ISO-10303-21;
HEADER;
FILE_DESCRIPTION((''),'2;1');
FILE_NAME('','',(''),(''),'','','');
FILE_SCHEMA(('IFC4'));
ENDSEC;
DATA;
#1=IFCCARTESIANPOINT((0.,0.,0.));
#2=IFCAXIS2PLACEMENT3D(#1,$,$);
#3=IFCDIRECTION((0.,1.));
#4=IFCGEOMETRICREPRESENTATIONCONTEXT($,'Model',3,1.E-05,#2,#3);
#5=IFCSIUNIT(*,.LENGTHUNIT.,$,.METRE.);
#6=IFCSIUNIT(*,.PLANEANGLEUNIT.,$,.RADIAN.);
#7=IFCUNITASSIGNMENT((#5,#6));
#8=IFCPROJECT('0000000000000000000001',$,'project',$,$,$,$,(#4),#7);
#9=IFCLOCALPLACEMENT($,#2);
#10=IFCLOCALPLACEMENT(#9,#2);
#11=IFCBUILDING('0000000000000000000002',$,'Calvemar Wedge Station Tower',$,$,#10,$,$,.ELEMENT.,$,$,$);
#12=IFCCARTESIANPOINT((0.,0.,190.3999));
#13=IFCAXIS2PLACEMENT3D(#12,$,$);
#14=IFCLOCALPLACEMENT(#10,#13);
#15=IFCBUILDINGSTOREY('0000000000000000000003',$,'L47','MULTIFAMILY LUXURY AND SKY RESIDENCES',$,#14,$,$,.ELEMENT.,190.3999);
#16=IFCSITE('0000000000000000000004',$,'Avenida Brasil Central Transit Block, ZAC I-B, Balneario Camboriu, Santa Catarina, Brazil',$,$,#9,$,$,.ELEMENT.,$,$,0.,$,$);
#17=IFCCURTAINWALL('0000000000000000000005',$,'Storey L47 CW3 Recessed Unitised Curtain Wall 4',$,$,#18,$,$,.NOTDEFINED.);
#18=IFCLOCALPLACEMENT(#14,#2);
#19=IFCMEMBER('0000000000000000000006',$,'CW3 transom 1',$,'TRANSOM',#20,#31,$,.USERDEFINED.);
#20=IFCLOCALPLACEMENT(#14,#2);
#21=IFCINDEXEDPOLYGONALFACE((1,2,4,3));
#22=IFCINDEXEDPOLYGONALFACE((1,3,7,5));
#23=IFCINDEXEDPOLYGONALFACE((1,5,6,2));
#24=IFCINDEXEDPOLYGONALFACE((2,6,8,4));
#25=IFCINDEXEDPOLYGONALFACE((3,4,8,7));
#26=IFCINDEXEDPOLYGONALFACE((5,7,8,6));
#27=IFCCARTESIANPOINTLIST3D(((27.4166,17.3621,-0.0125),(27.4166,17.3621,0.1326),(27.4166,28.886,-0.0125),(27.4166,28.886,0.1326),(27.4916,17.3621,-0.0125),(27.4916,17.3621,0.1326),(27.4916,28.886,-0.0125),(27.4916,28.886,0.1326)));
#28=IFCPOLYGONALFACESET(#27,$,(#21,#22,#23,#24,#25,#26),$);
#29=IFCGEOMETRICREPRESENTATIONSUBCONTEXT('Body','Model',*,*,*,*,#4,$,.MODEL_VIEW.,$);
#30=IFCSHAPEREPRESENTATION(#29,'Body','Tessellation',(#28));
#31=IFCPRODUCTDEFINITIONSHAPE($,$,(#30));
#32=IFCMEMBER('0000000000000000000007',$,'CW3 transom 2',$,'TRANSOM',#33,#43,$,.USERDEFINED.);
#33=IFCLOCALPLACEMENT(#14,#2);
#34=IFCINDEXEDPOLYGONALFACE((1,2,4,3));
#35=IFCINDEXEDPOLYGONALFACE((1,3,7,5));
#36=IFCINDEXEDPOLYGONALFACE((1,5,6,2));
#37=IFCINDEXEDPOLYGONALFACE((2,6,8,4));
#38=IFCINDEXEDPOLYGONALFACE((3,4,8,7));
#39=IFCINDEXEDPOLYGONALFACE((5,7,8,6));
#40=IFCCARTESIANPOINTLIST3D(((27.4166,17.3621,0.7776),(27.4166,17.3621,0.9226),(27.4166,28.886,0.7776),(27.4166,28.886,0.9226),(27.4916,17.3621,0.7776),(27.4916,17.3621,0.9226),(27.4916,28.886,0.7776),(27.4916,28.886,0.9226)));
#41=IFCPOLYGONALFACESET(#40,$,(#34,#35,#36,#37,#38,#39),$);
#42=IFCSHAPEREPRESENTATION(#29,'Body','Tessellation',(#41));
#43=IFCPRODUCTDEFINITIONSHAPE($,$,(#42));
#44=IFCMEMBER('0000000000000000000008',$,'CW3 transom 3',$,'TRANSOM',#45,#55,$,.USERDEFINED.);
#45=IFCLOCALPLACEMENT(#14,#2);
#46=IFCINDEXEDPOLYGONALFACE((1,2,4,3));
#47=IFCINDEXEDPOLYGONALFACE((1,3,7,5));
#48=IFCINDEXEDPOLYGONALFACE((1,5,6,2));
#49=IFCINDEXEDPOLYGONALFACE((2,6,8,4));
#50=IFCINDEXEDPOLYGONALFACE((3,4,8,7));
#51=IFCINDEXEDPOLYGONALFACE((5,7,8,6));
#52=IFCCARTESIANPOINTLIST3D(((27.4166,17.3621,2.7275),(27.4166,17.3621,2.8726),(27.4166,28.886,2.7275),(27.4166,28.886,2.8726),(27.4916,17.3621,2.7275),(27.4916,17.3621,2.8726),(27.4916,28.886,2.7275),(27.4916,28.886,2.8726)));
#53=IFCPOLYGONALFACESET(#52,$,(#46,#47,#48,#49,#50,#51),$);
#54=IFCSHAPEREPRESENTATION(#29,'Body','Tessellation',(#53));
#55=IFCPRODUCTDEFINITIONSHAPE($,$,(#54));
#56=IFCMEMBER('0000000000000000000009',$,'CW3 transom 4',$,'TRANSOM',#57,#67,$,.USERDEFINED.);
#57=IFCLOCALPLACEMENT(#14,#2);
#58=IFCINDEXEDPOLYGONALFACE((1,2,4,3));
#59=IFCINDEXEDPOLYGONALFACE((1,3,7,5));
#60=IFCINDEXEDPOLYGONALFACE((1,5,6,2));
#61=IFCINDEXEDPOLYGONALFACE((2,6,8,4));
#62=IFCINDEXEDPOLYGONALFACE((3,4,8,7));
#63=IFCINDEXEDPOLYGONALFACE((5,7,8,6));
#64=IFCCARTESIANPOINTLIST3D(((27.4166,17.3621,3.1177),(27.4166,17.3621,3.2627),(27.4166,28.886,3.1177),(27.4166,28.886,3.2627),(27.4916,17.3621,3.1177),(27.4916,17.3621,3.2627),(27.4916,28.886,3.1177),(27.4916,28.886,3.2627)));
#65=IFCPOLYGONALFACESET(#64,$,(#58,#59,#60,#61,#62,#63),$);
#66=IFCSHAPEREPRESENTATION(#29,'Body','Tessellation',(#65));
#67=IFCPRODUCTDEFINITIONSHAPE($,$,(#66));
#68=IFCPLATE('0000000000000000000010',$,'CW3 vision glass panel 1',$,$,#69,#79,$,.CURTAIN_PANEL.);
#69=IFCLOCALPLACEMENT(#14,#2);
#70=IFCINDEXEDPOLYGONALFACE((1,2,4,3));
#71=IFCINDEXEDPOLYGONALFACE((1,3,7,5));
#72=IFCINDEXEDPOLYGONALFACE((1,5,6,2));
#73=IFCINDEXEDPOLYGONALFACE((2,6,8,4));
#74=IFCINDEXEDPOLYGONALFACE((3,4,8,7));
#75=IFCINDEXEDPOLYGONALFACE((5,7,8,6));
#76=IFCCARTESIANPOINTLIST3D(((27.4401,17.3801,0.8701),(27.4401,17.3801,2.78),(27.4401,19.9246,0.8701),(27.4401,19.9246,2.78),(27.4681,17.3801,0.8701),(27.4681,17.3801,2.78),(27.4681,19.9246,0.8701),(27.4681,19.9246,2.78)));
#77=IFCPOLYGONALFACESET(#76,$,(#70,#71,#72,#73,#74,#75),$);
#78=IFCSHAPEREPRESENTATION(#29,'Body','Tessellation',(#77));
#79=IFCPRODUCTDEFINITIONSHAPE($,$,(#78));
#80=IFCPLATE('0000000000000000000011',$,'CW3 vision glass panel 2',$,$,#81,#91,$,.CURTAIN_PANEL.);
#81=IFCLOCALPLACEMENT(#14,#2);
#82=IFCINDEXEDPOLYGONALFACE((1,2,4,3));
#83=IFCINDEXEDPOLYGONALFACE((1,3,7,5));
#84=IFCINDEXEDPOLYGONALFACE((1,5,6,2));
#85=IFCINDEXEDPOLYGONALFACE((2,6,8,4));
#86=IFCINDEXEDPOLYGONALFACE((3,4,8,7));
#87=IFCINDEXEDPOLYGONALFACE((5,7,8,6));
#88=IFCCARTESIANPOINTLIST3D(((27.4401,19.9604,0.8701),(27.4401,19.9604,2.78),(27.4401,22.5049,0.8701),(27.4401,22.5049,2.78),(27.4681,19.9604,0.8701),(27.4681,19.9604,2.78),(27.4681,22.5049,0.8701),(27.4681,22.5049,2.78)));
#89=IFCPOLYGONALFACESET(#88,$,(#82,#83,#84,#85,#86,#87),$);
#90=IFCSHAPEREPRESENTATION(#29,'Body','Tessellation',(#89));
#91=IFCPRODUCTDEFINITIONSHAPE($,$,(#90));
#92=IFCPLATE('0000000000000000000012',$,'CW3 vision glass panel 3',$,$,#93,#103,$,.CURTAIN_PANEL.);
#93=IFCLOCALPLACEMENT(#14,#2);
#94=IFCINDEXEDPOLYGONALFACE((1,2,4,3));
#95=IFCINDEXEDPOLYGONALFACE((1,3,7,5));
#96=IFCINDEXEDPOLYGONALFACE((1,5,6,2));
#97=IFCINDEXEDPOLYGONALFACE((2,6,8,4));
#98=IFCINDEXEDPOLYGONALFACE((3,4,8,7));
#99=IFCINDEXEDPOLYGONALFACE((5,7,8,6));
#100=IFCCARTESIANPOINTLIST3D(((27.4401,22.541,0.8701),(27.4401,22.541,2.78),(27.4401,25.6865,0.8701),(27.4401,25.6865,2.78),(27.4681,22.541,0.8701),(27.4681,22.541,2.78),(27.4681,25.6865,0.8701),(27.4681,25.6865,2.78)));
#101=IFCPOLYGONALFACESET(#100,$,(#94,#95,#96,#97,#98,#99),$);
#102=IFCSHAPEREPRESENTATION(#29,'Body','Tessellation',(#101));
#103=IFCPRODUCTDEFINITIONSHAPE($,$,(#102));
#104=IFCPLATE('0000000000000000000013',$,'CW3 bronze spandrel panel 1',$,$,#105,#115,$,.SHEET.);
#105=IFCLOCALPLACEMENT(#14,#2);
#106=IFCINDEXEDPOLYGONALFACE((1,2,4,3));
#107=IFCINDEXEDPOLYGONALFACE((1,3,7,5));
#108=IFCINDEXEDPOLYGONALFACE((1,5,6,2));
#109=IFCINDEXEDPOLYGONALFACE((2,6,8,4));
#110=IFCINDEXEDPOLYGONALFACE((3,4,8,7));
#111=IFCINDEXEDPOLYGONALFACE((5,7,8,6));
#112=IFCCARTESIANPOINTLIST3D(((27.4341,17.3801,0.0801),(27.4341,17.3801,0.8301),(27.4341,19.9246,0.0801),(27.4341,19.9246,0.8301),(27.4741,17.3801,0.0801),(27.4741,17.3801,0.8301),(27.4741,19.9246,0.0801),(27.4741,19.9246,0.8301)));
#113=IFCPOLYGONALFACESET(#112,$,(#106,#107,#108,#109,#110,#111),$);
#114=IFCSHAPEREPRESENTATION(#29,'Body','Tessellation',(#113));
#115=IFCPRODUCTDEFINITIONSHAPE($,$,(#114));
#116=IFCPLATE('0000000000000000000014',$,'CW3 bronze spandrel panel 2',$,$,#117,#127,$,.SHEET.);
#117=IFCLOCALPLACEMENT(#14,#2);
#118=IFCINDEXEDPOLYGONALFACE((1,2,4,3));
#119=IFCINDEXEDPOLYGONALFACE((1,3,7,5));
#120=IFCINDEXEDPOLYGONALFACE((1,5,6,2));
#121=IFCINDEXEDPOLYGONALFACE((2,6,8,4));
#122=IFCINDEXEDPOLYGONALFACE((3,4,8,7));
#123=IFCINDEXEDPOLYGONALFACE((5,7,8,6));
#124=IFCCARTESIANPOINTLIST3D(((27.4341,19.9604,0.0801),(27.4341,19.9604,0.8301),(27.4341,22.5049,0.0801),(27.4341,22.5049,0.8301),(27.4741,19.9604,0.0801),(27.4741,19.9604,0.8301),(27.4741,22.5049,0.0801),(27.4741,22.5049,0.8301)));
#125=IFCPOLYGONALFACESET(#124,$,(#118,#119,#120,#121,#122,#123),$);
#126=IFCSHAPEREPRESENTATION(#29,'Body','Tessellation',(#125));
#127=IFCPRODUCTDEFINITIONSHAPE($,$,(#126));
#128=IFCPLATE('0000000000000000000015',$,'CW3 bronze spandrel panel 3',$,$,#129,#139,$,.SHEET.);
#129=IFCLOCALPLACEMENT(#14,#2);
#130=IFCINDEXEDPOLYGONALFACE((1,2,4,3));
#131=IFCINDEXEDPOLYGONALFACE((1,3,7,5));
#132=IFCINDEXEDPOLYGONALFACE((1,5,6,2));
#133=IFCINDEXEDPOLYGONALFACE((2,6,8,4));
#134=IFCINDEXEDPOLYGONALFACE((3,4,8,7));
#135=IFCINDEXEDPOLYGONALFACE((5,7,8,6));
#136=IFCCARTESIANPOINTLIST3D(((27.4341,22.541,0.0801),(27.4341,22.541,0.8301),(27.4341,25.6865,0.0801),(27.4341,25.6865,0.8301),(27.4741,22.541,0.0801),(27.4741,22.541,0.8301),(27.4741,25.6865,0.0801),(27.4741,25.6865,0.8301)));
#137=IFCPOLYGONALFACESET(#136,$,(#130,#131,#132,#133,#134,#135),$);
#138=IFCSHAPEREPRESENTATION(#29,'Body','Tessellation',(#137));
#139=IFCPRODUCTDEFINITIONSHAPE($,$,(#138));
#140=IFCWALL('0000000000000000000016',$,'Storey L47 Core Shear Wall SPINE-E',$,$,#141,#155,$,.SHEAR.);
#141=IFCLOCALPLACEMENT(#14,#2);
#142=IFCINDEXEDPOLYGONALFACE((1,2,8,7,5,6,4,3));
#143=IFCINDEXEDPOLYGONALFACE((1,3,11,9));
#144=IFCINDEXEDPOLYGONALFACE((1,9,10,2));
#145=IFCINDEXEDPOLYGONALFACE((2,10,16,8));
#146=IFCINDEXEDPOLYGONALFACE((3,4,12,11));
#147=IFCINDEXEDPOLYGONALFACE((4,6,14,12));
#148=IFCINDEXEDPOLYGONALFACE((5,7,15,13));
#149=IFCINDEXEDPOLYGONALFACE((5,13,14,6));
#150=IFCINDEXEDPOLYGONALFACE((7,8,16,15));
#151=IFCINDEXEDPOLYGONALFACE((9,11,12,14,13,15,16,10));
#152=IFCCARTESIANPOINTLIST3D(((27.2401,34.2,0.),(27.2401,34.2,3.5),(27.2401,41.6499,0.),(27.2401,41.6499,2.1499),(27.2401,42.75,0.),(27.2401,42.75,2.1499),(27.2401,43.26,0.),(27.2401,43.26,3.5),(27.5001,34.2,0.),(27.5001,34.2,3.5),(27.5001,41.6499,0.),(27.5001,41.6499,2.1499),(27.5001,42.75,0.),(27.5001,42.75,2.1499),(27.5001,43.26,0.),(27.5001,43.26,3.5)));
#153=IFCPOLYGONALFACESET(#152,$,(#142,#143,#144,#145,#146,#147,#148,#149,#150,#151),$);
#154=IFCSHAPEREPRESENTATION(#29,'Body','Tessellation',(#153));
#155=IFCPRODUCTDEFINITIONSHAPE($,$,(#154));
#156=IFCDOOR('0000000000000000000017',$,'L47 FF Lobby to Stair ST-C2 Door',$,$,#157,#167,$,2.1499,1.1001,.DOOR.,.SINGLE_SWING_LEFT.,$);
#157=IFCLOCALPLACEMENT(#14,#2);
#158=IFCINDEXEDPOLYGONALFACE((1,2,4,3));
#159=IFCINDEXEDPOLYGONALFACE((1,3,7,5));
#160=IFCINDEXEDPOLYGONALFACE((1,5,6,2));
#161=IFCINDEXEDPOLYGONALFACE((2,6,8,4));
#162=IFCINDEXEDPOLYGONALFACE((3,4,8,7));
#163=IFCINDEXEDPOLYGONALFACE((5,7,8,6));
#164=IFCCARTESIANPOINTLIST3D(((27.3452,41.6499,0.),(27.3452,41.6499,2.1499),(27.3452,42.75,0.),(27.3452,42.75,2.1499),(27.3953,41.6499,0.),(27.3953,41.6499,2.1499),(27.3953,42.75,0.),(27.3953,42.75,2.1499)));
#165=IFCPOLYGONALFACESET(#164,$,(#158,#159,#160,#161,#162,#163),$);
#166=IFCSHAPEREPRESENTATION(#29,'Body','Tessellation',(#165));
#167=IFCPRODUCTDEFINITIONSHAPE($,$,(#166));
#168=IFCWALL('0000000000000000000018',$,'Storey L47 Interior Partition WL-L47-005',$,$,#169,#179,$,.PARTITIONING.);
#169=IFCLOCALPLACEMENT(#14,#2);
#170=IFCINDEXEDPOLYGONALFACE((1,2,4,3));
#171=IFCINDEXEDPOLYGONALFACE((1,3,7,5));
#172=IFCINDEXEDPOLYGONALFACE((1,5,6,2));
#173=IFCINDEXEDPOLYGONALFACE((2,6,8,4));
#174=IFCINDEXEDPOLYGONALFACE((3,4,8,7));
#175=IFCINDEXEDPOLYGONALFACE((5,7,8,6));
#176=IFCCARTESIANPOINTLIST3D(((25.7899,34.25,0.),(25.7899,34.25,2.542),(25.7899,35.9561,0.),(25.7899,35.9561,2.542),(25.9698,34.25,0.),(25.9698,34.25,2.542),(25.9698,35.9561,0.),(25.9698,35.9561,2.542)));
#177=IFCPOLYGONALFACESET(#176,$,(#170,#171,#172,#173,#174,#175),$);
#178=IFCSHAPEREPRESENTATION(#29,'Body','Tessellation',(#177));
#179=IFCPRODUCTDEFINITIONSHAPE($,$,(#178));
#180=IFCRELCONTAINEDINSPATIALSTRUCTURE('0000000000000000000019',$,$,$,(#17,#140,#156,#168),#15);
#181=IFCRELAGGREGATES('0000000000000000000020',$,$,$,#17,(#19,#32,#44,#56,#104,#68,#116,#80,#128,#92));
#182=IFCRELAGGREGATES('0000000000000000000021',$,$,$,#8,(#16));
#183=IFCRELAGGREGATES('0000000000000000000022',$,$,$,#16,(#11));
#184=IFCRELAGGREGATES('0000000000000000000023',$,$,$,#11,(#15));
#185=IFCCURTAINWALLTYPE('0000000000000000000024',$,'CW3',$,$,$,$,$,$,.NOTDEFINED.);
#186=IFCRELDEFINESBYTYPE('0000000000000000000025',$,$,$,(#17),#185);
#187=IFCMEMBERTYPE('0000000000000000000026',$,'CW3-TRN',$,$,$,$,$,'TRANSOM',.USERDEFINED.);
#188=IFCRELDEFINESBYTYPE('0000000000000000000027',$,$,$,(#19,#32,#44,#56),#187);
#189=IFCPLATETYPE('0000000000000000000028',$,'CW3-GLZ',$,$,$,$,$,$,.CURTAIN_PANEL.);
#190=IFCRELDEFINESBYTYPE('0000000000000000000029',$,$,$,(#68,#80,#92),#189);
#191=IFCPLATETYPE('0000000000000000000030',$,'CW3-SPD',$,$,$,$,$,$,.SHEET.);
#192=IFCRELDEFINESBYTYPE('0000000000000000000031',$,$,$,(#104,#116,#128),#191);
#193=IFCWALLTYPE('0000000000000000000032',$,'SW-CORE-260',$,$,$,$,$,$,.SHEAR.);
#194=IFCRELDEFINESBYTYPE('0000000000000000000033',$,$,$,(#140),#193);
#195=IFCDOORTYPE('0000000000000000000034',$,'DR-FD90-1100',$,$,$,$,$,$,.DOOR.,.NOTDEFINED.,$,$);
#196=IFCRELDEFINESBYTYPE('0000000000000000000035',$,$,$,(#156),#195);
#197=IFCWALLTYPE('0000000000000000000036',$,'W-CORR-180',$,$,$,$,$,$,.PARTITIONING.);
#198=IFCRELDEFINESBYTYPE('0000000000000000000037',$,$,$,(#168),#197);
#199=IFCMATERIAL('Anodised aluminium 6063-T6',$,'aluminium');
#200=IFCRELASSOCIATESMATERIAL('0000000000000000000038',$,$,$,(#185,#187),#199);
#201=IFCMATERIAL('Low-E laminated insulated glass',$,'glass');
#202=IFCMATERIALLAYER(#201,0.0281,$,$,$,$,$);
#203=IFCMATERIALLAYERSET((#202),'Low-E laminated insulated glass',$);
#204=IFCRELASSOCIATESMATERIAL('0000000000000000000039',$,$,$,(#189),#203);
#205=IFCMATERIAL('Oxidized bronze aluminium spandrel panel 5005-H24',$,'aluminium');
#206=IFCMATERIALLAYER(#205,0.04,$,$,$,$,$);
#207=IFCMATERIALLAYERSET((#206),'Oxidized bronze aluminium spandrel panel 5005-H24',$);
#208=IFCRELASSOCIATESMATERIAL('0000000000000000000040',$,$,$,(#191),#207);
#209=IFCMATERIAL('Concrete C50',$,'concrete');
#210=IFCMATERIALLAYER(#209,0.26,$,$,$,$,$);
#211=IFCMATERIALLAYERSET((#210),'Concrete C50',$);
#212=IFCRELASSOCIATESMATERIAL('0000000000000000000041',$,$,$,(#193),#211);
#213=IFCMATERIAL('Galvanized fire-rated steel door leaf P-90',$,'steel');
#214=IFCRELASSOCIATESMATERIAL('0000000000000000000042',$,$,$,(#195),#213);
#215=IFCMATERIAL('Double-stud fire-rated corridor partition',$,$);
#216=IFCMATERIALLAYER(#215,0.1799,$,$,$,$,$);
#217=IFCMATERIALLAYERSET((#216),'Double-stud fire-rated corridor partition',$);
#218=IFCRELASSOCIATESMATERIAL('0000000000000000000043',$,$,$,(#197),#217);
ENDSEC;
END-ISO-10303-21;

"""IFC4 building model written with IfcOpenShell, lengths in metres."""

from ifc_helpers import new_model, si_unit, direction, frame, frame_2d, origin, origin_2d, place, context, subcontext, project, spatial, rectangle, extrude, source, transform, mapped, material, layer, layer_set, material_profile, profile_set, type_object, element, fill, aggregate, save


model = new_model("IFC4")

# Units and contexts
model_context = context("Model", 3, precision=1e-05, world=origin(), true_north=direction((0.0, 1.0)))
body_context = subcontext(model_context, "Body", "Model", "MODEL_VIEW")
ifc_project = project(units=[si_unit("LENGTHUNIT", "METRE"), si_unit("PLANEANGLEUNIT", "RADIAN")], contexts=[model_context])

# Site, building, storey
site_placement = place(None, origin())
site = spatial("IfcSite", under=ifc_project, at=site_placement, Name="Avenida Brasil Central Transit Block, ZAC I-B, Balneario Camboriu, Santa Catarina, Brazil", CompositionType="ELEMENT", RefElevation=0.0)
building_placement = place(site_placement, origin())
building = spatial("IfcBuilding", under=site, at=building_placement, Name="Calvemar Wedge Station Tower", CompositionType="ELEMENT")
storey_placement = place(building_placement, frame((0.0, 0.0, 190.3999)))
storey = spatial("IfcBuildingStorey", under=building, at=storey_placement, Name="L47", Description="MULTIFAMILY LUXURY AND SKY RESIDENCES", CompositionType="ELEMENT", Elevation=190.3999)

# Shared definitions
ifc_material_1 = material(Name="Concrete C50", Category="concrete")

# Curtain wall, members, plates
ifc_material_2 = material(Name="Anodised aluminium 6063-T6", Category="aluminium")
curtain_wall_type = type_object("IfcCurtainWallType", Name="CW3", PredefinedType="NOTDEFINED", material=ifc_material_2)
curtain_wall_placement = place(storey_placement, origin())
curtain_wall = element("IfcCurtainWall", 1, at=curtain_wall_placement, inside=storey, type_object=curtain_wall_type, Name="Storey L47 CW3 Recessed Unitised Curtain Wall 4", PredefinedType="NOTDEFINED")
ifc_material_profile_1 = material_profile(ifc_material_2, rectangle(XDim=0.075, YDim=0.145, at=origin_2d()), Name="AL-TRN-75x145")
ifc_profile_set_1 = profile_set([ifc_material_profile_1], Name="Anodised aluminium 6063-T6")
member_type_1 = type_object("IfcMemberType", Name="CW3-TRN", ElementType="TRANSOM", PredefinedType="USERDEFINED", material=ifc_profile_set_1)
shared_shape_1 = source(origin(), body_context, "Body", "SweptSolid", [
    extrude(rectangle(XDim=0.075, YDim=0.145, at=origin_2d()), origin(), (0.0, 0.0, 1.0), 11.5239),
])
member_1_placement = place(storey_placement, frame((27.4541, 17.3621, 0.0601), z_axis=(0.0, 1.0, 0.0), x_axis=(-1.0, 0.0, 0.0)))
member_1 = element("IfcMember", 2, at=member_1_placement, type_object=member_type_1, Name="CW3 transom 1", ObjectType="TRANSOM", PredefinedType="USERDEFINED", context=body_context, shape_type="MappedRepresentation", body=[
    mapped(shared_shape_1, transform((0.0, 0.0, 0.0), scale=1.0)),
])
member_2_placement = place(storey_placement, frame((27.4541, 17.3621, 0.8501), z_axis=(0.0, 1.0, 0.0), x_axis=(-1.0, 0.0, 0.0)))
member_2 = element("IfcMember", 3, at=member_2_placement, type_object=member_type_1, Name="CW3 transom 2", ObjectType="TRANSOM", PredefinedType="USERDEFINED", context=body_context, shape_type="MappedRepresentation", body=[
    mapped(shared_shape_1, transform((0.0, 0.0, 0.0), scale=1.0)),
])
member_3_placement = place(storey_placement, frame((27.4541, 17.3621, 2.8), z_axis=(0.0, 1.0, 0.0), x_axis=(-1.0, 0.0, 0.0)))
member_3 = element("IfcMember", 4, at=member_3_placement, type_object=member_type_1, Name="CW3 transom 3", ObjectType="TRANSOM", PredefinedType="USERDEFINED", context=body_context, shape_type="MappedRepresentation", body=[
    mapped(shared_shape_1, transform((0.0, 0.0, 0.0), scale=1.0)),
])
member_4_placement = place(storey_placement, frame((27.4541, 17.3621, 3.1902), z_axis=(0.0, 1.0, 0.0), x_axis=(-1.0, 0.0, 0.0)))
member_4 = element("IfcMember", 5, at=member_4_placement, type_object=member_type_1, Name="CW3 transom 4", ObjectType="TRANSOM", PredefinedType="USERDEFINED", context=body_context, shape_type="MappedRepresentation", body=[
    mapped(shared_shape_1, transform((0.0, 0.0, 0.0), scale=1.0)),
])
ifc_material_3 = material(Name="Low-E laminated insulated glass", Category="glass")
ifc_layer_1 = layer(ifc_material_3, 0.0281)
ifc_layer_set_1 = layer_set([ifc_layer_1], Name="Low-E laminated insulated glass")
plate_type_1 = type_object("IfcPlateType", Name="CW3-GLZ", PredefinedType="CURTAIN_PANEL", material=ifc_layer_set_1)
plate_1_placement = place(storey_placement, frame((27.4541, 17.3801, 0.8701), z_axis=(0.0, 0.0, 1.0), x_axis=(0.0, 1.0, 0.0)))
plate_1 = element("IfcPlate", 6, at=plate_1_placement, type_object=plate_type_1, Name="CW3 vision glass panel 1", PredefinedType="CURTAIN_PANEL", context=body_context, shape_type="SweptSolid", body=[
    extrude(rectangle(XDim=2.5444, YDim=0.0281, at=frame_2d((1.2722, 0.0))), origin(), (0.0, 0.0, 1.0), 1.9099),
])
plate_2_placement = place(storey_placement, frame((27.4541, 19.9604, 0.8701), z_axis=(0.0, 0.0, 1.0), x_axis=(0.0, 1.0, 0.0)))
plate_2 = element("IfcPlate", 7, at=plate_2_placement, type_object=plate_type_1, Name="CW3 vision glass panel 2", PredefinedType="CURTAIN_PANEL", context=body_context, shape_type="SweptSolid", body=[
    extrude(rectangle(XDim=2.5444, YDim=0.0281, at=frame_2d((1.2722, 0.0))), origin(), (0.0, 0.0, 1.0), 1.9099),
])
plate_3_placement = place(storey_placement, frame((27.4541, 22.541, 0.8701), z_axis=(0.0, 0.0, 1.0), x_axis=(0.0, 1.0, 0.0)))
plate_3 = element("IfcPlate", 8, at=plate_3_placement, type_object=plate_type_1, Name="CW3 vision glass panel 3", PredefinedType="CURTAIN_PANEL", context=body_context, shape_type="SweptSolid", body=[
    extrude(rectangle(XDim=3.1455, YDim=0.0281, at=frame_2d((1.5728, 0.0))), origin(), (0.0, 0.0, 1.0), 1.9099),
])
ifc_material_4 = material(Name="Oxidized bronze aluminium spandrel panel 5005-H24", Category="aluminium")
ifc_layer_2 = layer(ifc_material_4, 0.04)
ifc_layer_set_2 = layer_set([ifc_layer_2], Name="Oxidized bronze aluminium spandrel panel 5005-H24")
plate_type_2 = type_object("IfcPlateType", Name="CW3-SPD", PredefinedType="SHEET", material=ifc_layer_set_2)
plate_4_placement = place(storey_placement, frame((27.4541, 17.3801, 0.0801), z_axis=(0.0, 0.0, 1.0), x_axis=(0.0, 1.0, 0.0)))
plate_4 = element("IfcPlate", 9, at=plate_4_placement, type_object=plate_type_2, Name="CW3 bronze spandrel panel 1", PredefinedType="SHEET", context=body_context, shape_type="SweptSolid", body=[
    extrude(rectangle(XDim=2.5444, YDim=0.04, at=frame_2d((1.2722, 0.0))), origin(), (0.0, 0.0, 1.0), 0.75),
])
plate_5_placement = place(storey_placement, frame((27.4541, 19.9604, 0.0801), z_axis=(0.0, 0.0, 1.0), x_axis=(0.0, 1.0, 0.0)))
plate_5 = element("IfcPlate", 10, at=plate_5_placement, type_object=plate_type_2, Name="CW3 bronze spandrel panel 2", PredefinedType="SHEET", context=body_context, shape_type="SweptSolid", body=[
    extrude(rectangle(XDim=2.5444, YDim=0.04, at=frame_2d((1.2722, 0.0))), origin(), (0.0, 0.0, 1.0), 0.75),
])
plate_6_placement = place(storey_placement, frame((27.4541, 22.541, 0.0801), z_axis=(0.0, 0.0, 1.0), x_axis=(0.0, 1.0, 0.0)))
plate_6 = element("IfcPlate", 11, at=plate_6_placement, type_object=plate_type_2, Name="CW3 bronze spandrel panel 3", PredefinedType="SHEET", context=body_context, shape_type="SweptSolid", body=[
    extrude(rectangle(XDim=3.1455, YDim=0.04, at=frame_2d((1.5728, 0.0))), origin(), (0.0, 0.0, 1.0), 0.75),
])
aggregate(curtain_wall, [member_1, member_2, member_3, member_4, plate_4, plate_1, plate_5, plate_2, plate_6, plate_3])

# Wall, opening, door
ifc_layer_3 = layer(ifc_material_1, 0.26)
ifc_layer_set_3 = layer_set([ifc_layer_3], Name="Concrete C50")
wall_type_1 = type_object("IfcWallType", Name="SW-CORE-260", PredefinedType="SHEAR", material=ifc_layer_set_3)
wall_1_placement = place(storey_placement, frame((27.3701, 34.2, 0.0), z_axis=(0.0, 0.0, 1.0), x_axis=(0.0, 1.0, 0.0)))
wall_1 = element("IfcWall", 12, at=wall_1_placement, inside=storey, type_object=wall_type_1, Name="Storey L47 Core Shear Wall SPINE-E", PredefinedType="SHEAR", context=body_context, shape_type="SweptSolid", body=[
    extrude(rectangle(XDim=9.0601, YDim=0.26, at=frame_2d((4.53, 0.0))), origin(), (0.0, 0.0, 1.0), 3.5),
])
shared_shape_2 = source(origin(), body_context, "Body", "SweptSolid", [
    extrude(rectangle(XDim=1.1001, YDim=2.1499, at=frame_2d((0.55, 1.075))), frame((0.0, 0.1401, 0.0), z_axis=(0.0, -1.0, 0.0), x_axis=(1.0, 0.0, 0.0)), (0.0, 0.0, 1.0), 0.28),
])
opening_1_placement = place(wall_1_placement, frame((7.45, 0.0, 0.0)))
opening_1 = element("IfcOpeningElement", 13, at=opening_1_placement, cuts=wall_1, PredefinedType="OPENING", context=body_context, shape_type="MappedRepresentation", body=[
    mapped(shared_shape_2, transform((0.0, 0.0, 0.0), scale=1.0)),
])
ifc_material_5 = material(Name="Galvanized fire-rated steel door leaf P-90", Category="steel")
door_type_1 = type_object("IfcDoorType", Name="DR-FD90-1100", OperationType="NOTDEFINED", PredefinedType="DOOR", material=ifc_material_5)
shared_shape_3 = source(origin(), body_context, "Body", "SweptSolid", [
    extrude(rectangle(XDim=1.1001, YDim=2.1499, at=frame_2d((0.55, 1.075))), frame((0.0, 0.0249, 0.0), z_axis=(0.0, -1.0, 0.0), x_axis=(1.0, 0.0, 0.0)), (0.0, 0.0, 1.0), 0.05),
])
door_1_placement = place(opening_1_placement, origin())
door_1 = element("IfcDoor", 14, at=door_1_placement, inside=storey, type_object=door_type_1, Name="L47 FF Lobby to Stair ST-C2 Door", OperationType="SINGLE_SWING_LEFT", OverallHeight=2.1499, OverallWidth=1.1001, PredefinedType="DOOR", context=body_context, shape_type="MappedRepresentation", body=[
    mapped(shared_shape_3, transform((0.0, 0.0, 0.0), scale=1.0)),
])
fill(opening_1, door_1)

# Wall
ifc_material_6 = material(Name="Double-stud fire-rated corridor partition")
ifc_layer_4 = layer(ifc_material_6, 0.1799)
ifc_layer_set_4 = layer_set([ifc_layer_4], Name="Double-stud fire-rated corridor partition")
wall_type_2 = type_object("IfcWallType", Name="W-CORR-180", PredefinedType="PARTITIONING", material=ifc_layer_set_4)
wall_2_placement = place(storey_placement, frame((25.8799, 35.9561, 0.0), z_axis=(0.0, 0.0, 1.0), x_axis=(0.0, -1.0, 0.0)))
element("IfcWall", 15, at=wall_2_placement, inside=storey, type_object=wall_type_2, Name="Storey L47 Interior Partition WL-L47-005", PredefinedType="PARTITIONING", context=body_context, shape_type="SweptSolid", body=[
    extrude(rectangle(XDim=1.7061, YDim=0.1799, at=frame_2d((0.853, 0.0))), origin(), (0.0, 0.0, 1.0), 2.542),
])

save(model, "model.ifc")
